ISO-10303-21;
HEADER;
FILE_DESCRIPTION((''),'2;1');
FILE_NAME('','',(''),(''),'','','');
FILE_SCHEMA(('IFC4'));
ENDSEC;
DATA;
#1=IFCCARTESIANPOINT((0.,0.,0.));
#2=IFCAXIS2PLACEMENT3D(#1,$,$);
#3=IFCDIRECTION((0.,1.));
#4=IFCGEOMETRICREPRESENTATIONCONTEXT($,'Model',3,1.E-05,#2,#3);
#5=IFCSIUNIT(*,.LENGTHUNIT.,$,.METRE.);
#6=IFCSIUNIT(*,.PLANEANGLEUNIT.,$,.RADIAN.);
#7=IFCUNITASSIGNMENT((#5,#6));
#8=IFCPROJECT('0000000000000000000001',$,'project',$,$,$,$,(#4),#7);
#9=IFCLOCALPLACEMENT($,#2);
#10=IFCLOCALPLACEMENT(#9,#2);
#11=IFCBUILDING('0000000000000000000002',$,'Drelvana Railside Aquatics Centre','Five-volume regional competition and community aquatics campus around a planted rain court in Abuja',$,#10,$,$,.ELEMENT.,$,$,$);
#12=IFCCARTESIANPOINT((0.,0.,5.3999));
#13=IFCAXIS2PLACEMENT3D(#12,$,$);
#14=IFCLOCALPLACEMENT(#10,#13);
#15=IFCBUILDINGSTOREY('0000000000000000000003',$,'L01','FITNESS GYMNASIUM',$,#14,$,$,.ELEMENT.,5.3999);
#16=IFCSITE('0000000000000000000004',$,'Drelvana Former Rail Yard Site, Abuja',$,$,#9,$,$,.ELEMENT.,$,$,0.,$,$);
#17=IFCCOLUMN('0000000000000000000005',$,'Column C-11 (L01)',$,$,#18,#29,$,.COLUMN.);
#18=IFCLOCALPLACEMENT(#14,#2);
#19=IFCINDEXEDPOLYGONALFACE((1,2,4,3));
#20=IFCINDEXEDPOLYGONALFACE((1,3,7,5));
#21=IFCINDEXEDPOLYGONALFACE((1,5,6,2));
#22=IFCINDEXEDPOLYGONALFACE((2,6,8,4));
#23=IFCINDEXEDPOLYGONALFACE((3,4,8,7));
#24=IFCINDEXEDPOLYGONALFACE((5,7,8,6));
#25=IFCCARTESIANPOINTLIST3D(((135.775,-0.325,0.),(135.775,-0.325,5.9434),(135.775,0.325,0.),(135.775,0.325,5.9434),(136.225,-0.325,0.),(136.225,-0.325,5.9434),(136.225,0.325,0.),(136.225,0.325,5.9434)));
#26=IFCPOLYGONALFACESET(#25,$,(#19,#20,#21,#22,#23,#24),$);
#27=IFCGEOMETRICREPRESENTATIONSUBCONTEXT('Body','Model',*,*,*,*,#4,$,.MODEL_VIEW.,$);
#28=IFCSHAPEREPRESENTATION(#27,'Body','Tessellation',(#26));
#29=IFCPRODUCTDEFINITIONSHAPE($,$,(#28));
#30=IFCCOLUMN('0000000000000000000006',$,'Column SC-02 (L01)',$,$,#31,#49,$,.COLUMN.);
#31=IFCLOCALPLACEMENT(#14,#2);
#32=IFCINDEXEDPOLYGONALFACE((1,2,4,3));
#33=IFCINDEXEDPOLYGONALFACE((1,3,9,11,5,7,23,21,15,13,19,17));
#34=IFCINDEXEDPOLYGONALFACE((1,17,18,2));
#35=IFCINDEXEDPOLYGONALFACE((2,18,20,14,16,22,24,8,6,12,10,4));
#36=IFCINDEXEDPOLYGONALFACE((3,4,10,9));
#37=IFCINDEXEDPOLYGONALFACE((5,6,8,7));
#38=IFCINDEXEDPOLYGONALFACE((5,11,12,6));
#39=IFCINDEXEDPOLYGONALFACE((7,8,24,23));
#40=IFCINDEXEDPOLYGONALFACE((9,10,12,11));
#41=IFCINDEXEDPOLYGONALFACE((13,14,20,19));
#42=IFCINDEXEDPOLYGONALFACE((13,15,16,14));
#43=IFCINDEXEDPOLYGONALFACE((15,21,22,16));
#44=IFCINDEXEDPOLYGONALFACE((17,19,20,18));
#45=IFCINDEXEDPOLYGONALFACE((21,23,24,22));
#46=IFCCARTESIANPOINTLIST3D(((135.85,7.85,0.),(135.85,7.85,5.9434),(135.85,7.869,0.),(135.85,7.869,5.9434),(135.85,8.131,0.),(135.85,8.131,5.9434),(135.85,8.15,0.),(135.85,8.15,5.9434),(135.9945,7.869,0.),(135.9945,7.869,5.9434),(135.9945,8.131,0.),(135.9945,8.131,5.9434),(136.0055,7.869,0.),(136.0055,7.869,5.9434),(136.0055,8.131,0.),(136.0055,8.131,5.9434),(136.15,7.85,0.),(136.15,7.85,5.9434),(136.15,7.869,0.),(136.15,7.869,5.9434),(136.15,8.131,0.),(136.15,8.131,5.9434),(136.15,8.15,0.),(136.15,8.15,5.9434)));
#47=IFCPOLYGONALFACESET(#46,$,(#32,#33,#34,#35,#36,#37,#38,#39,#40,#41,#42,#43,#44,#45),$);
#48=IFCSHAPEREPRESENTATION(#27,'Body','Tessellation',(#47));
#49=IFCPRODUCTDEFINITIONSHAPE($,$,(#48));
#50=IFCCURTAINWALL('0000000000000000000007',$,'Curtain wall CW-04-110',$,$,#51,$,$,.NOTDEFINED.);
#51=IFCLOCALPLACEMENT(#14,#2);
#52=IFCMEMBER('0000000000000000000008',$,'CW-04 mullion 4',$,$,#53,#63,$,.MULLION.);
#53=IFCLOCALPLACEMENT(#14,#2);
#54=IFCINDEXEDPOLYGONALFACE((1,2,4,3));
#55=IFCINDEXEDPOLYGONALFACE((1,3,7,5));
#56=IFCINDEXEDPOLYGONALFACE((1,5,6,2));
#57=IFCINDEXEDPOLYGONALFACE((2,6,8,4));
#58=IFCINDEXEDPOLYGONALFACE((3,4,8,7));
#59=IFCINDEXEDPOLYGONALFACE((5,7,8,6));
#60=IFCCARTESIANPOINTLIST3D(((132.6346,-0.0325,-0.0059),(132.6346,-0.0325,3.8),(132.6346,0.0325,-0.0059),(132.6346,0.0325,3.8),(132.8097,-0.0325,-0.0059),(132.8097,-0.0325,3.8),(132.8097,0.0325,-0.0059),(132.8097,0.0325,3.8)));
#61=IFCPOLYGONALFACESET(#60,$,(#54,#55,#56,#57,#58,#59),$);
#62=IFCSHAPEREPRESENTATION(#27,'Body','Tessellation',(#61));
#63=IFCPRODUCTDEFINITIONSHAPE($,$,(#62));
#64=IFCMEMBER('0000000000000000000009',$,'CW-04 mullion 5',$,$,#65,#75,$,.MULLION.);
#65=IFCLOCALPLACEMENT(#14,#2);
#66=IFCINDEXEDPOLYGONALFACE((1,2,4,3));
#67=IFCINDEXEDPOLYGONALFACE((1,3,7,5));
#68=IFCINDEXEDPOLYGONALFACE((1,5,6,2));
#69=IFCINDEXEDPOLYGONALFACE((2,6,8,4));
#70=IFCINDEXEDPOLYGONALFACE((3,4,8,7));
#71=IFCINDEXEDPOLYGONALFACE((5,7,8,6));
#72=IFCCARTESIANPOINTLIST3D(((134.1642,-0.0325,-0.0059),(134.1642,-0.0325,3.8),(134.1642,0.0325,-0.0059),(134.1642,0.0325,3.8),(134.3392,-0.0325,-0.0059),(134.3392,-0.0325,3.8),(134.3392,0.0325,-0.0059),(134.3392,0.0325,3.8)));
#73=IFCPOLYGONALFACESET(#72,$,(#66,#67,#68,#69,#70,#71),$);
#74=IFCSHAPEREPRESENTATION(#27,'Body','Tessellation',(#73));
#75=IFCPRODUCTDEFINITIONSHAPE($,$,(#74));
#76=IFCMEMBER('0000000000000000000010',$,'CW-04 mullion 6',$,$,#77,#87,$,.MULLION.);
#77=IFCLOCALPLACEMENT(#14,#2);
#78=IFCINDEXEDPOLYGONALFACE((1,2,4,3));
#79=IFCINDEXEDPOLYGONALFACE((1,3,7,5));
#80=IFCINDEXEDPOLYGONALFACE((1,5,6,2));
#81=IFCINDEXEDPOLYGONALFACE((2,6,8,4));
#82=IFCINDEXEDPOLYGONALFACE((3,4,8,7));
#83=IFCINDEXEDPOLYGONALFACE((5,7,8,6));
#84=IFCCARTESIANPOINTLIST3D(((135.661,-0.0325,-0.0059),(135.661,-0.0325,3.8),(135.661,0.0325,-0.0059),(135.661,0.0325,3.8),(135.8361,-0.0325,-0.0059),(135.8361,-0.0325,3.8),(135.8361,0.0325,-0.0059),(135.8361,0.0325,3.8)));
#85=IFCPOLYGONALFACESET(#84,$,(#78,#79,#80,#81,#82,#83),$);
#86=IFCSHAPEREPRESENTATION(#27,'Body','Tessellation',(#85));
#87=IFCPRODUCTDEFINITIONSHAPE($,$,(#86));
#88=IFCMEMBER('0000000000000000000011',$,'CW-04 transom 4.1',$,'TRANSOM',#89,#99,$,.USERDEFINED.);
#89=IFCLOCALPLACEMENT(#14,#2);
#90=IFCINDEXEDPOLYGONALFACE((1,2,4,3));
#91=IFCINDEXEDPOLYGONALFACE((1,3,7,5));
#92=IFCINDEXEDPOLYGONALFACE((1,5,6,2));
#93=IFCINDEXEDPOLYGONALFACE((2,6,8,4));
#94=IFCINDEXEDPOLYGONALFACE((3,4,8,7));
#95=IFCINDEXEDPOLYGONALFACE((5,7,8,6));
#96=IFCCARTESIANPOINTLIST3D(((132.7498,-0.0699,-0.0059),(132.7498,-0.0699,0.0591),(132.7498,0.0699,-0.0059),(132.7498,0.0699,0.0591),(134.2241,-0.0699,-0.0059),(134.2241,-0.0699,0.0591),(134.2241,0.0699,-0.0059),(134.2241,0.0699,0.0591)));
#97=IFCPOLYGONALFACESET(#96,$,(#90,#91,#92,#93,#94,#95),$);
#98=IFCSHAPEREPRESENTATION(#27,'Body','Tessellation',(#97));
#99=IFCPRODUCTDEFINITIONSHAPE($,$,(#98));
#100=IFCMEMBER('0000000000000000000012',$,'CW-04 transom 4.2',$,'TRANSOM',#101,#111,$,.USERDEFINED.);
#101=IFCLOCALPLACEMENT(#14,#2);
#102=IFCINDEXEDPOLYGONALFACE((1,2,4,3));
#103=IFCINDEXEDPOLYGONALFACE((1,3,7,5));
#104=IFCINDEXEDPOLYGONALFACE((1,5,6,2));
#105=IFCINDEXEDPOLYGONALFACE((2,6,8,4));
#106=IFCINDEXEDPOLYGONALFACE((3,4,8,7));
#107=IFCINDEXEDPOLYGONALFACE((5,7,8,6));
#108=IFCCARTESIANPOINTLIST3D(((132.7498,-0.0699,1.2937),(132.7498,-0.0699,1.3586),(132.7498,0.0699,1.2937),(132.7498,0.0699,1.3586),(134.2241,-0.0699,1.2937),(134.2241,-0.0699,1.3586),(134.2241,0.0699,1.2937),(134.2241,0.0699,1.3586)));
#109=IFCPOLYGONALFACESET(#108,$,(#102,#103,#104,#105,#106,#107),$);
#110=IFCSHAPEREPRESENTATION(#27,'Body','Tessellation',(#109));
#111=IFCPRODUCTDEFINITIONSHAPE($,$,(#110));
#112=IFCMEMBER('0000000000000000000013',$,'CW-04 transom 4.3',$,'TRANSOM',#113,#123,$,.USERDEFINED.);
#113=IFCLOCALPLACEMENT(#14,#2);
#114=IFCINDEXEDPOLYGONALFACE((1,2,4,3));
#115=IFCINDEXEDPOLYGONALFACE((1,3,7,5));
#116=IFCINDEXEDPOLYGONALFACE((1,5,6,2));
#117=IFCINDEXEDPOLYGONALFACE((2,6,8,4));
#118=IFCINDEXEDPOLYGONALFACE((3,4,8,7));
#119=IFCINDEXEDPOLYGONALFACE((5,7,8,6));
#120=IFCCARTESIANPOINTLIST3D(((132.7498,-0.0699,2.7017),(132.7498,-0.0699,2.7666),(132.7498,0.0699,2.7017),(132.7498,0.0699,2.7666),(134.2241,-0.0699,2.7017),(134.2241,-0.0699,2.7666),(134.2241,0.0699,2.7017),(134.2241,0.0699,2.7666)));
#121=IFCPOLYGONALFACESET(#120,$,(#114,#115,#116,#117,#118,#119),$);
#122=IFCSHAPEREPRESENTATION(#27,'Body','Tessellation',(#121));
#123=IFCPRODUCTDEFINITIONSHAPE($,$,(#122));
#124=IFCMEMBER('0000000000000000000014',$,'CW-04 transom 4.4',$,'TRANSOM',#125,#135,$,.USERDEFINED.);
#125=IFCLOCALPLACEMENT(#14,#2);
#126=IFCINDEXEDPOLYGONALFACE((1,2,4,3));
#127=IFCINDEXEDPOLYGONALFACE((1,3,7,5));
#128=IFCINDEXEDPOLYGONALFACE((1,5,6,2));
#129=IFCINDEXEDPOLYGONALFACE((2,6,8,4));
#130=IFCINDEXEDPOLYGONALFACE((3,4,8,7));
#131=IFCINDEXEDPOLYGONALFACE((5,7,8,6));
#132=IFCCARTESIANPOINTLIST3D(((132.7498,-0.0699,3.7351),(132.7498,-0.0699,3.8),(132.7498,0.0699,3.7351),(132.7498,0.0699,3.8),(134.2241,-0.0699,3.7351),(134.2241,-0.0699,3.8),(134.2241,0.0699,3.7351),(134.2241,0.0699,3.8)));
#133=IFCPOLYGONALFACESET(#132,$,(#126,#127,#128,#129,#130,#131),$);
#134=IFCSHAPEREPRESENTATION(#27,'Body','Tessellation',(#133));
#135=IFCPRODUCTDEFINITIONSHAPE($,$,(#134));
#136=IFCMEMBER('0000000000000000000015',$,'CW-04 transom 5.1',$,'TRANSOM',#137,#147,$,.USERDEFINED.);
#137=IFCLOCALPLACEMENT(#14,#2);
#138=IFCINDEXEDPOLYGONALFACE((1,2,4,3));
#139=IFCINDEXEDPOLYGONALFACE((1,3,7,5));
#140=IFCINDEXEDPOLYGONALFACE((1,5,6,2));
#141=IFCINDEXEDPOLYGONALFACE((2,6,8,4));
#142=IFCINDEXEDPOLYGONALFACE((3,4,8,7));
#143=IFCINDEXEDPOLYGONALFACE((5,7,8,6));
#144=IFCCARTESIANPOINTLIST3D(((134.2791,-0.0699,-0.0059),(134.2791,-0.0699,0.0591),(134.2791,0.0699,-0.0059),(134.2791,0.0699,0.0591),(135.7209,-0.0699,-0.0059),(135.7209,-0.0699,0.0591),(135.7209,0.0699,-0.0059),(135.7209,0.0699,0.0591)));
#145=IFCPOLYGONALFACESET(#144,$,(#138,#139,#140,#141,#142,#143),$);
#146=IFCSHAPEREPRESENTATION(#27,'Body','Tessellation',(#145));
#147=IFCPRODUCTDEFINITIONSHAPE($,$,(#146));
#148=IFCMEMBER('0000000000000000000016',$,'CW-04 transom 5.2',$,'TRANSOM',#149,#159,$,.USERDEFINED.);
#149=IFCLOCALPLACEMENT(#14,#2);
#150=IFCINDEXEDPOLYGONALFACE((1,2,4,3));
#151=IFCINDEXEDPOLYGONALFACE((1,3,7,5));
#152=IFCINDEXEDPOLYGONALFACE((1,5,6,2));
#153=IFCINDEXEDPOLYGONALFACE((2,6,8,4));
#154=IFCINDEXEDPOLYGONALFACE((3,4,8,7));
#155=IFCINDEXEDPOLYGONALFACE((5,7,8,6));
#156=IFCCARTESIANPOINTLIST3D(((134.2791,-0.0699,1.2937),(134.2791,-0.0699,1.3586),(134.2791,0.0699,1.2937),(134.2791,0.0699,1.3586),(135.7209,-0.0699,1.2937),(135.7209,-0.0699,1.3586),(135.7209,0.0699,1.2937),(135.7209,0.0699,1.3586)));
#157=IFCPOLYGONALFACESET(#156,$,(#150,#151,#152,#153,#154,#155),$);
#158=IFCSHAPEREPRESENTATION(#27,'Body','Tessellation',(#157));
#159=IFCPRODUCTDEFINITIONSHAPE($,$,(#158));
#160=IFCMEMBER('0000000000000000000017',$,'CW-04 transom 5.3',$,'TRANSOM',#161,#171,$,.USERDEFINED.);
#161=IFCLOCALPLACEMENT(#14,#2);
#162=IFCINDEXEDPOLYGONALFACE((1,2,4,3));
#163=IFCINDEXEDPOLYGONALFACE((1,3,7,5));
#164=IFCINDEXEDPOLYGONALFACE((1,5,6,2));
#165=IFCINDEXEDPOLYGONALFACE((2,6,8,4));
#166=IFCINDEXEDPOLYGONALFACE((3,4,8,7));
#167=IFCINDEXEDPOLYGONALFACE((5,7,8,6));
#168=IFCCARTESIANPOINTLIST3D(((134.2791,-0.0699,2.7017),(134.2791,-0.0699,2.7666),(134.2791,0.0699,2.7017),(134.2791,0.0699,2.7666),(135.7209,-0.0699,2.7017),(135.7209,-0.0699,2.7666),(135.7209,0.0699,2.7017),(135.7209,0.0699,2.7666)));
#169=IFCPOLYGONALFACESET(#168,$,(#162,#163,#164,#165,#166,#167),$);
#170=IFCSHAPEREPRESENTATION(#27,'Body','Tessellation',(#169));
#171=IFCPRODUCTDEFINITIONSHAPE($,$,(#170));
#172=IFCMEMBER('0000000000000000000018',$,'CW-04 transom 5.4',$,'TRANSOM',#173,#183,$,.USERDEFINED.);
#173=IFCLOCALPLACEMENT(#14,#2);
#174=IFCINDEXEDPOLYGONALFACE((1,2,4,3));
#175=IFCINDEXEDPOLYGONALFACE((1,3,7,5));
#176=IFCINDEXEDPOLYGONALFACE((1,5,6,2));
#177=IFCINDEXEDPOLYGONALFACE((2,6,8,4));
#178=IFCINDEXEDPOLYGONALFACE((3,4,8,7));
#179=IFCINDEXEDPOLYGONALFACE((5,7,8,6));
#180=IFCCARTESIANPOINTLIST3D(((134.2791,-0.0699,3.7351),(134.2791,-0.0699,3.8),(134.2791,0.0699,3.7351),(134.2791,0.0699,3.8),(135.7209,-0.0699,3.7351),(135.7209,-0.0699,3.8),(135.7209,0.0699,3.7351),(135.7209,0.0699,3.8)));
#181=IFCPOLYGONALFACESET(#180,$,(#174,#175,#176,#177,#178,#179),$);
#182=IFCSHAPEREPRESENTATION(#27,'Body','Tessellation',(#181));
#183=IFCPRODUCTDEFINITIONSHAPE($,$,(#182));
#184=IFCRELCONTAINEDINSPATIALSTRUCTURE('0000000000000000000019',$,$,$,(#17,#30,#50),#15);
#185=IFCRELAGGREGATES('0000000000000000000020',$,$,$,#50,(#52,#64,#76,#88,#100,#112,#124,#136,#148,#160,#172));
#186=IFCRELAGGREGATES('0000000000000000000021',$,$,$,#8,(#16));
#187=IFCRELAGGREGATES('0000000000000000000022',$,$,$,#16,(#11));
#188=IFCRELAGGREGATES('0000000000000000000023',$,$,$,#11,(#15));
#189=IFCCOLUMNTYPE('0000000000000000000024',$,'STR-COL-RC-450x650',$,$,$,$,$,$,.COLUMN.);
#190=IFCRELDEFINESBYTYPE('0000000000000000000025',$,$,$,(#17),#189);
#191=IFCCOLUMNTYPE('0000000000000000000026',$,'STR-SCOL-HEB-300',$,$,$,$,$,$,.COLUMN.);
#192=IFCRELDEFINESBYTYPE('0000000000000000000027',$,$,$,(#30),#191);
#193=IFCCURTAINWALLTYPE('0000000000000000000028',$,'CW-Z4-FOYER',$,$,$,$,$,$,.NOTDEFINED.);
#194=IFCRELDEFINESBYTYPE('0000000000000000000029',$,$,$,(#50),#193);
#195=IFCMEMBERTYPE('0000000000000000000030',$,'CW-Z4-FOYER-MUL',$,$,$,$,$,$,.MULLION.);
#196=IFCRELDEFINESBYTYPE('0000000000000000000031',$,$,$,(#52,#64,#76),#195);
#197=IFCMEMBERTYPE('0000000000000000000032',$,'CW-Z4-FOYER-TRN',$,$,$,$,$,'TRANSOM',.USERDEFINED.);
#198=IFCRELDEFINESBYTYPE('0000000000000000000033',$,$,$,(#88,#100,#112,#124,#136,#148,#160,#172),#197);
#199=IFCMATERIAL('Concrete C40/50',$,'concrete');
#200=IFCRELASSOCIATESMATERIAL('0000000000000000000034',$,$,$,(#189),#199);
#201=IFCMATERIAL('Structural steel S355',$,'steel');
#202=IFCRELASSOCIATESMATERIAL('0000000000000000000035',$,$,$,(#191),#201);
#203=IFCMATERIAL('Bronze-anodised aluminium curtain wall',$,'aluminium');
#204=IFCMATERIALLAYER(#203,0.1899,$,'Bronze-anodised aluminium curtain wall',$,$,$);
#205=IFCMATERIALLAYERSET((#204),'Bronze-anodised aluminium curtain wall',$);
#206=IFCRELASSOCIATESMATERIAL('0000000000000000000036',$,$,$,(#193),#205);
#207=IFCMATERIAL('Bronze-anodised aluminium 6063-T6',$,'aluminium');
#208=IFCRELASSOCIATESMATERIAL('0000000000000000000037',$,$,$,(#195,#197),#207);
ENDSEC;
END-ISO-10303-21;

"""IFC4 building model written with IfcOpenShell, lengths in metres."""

from ifc_helpers import new_model, si_unit, direction, frame, origin, origin_2d, place, context, subcontext, project, spatial, rectangle, i_section, extrude, material, layer, layer_set, material_profile, profile_set, type_object, element, aggregate, save


model = new_model("IFC4")

# Units and contexts
model_context = context("Model", 3, precision=1e-05, world=origin(), true_north=direction((0.0, 1.0)))
body_context = subcontext(model_context, "Body", "Model", "MODEL_VIEW")
ifc_project = project(units=[si_unit("LENGTHUNIT", "METRE"), si_unit("PLANEANGLEUNIT", "RADIAN")], contexts=[model_context])

# Site, building, storey
site_placement = place(None, origin())
site = spatial("IfcSite", under=ifc_project, at=site_placement, Name="Drelvana Former Rail Yard Site, Abuja", CompositionType="ELEMENT", RefElevation=0.0)
building_placement = place(site_placement, origin())
building = spatial("IfcBuilding", under=site, at=building_placement, Name="Drelvana Railside Aquatics Centre", Description="Five-volume regional competition and community aquatics campus around a planted rain court in Abuja", CompositionType="ELEMENT")
storey_placement = place(building_placement, frame((0.0, 0.0, 5.3999)))
storey = spatial("IfcBuildingStorey", under=building, at=storey_placement, Name="L01", Description="FITNESS GYMNASIUM", CompositionType="ELEMENT", Elevation=5.3999)

# Columns
ifc_material_1 = material(Name="Concrete C40/50", Category="concrete")
ifc_material_profile_1 = material_profile(ifc_material_1, rectangle(XDim=0.45, YDim=0.6499, at=origin_2d()), Name="RC 450x650")
ifc_profile_set_1 = profile_set([ifc_material_profile_1], Name="Concrete C40/50")
column_type_1 = type_object("IfcColumnType", Name="STR-COL-RC-450x650", PredefinedType="COLUMN", material=ifc_profile_set_1)
column_1_placement = place(storey_placement, frame((136.0, 0.0, 0.0), z_axis=(0.0, 0.0, 1.0), x_axis=(1.0, 0.0, 0.0)))
element("IfcColumn", 1, at=column_1_placement, inside=storey, type_object=column_type_1, Name="Column C-11 (L01)", PredefinedType="COLUMN", context=body_context, shape_type="SweptSolid", body=[
    extrude(rectangle(XDim=0.45, YDim=0.6499, at=origin_2d()), origin(), (0.0, 0.0, 1.0), 5.9434),
])
ifc_material_2 = material(Name="Structural steel S355", Category="steel")
ifc_material_profile_2 = material_profile(ifc_material_2, i_section(OverallWidth=0.3, OverallDepth=0.3, WebThickness=0.011, FlangeThickness=0.019, at=origin_2d()), Name="HEB 300")
ifc_profile_set_2 = profile_set([ifc_material_profile_2], Name="Structural steel S355")
column_type_2 = type_object("IfcColumnType", Name="STR-SCOL-HEB-300", PredefinedType="COLUMN", material=ifc_profile_set_2)
column_2_placement = place(storey_placement, frame((136.0, 8.0, 0.0), z_axis=(0.0, 0.0, 1.0), x_axis=(1.0, 0.0, 0.0)))
element("IfcColumn", 2, at=column_2_placement, inside=storey, type_object=column_type_2, Name="Column SC-02 (L01)", PredefinedType="COLUMN", context=body_context, shape_type="SweptSolid", body=[
    extrude(i_section(OverallWidth=0.3, OverallDepth=0.3, WebThickness=0.011, FlangeThickness=0.019, at=origin_2d()), origin(), (0.0, 0.0, 1.0), 5.9434),
])

# Curtain wall, members
ifc_material_3 = material(Name="Bronze-anodised aluminium curtain wall", Category="aluminium")
ifc_layer_1 = layer(ifc_material_3, 0.1899, Name="Bronze-anodised aluminium curtain wall")
ifc_layer_set_1 = layer_set([ifc_layer_1], Name="Bronze-anodised aluminium curtain wall")
curtain_wall_type = type_object("IfcCurtainWallType", Name="CW-Z4-FOYER", PredefinedType="NOTDEFINED", material=ifc_layer_set_1)
curtain_wall_placement = place(storey_placement, origin())
curtain_wall = element("IfcCurtainWall", 3, at=curtain_wall_placement, inside=storey, type_object=curtain_wall_type, Name="Curtain wall CW-04-110", PredefinedType="NOTDEFINED")
ifc_material_4 = material(Name="Bronze-anodised aluminium 6063-T6", Category="aluminium")
ifc_material_profile_3 = material_profile(ifc_material_4, rectangle(XDim=0.0649, YDim=0.175, at=origin_2d()), Name="ALU-M 65x175")
ifc_profile_set_3 = profile_set([ifc_material_profile_3], Name="Bronze-anodised aluminium 6063-T6")
member_type_1 = type_object("IfcMemberType", Name="CW-Z4-FOYER-MUL", PredefinedType="MULLION", material=ifc_profile_set_3)
member_1_placement = place(storey_placement, frame((132.7222, 0.0, -0.0059), z_axis=(0.0, 0.0, 1.0), x_axis=(0.0, 1.0, 0.0)))
member_1 = element("IfcMember", 4, at=member_1_placement, type_object=member_type_1, Name="CW-04 mullion 4", PredefinedType="MULLION", context=body_context, shape_type="SweptSolid", body=[
    extrude(rectangle(XDim=0.0649, YDim=0.175, at=origin_2d()), origin(), (0.0, 0.0, 1.0), 3.8059),
])
member_2_placement = place(storey_placement, frame((134.2517, 0.0, -0.0059), z_axis=(0.0, 0.0, 1.0), x_axis=(0.0, 1.0, 0.0)))
member_2 = element("IfcMember", 5, at=member_2_placement, type_object=member_type_1, Name="CW-04 mullion 5", PredefinedType="MULLION", context=body_context, shape_type="SweptSolid", body=[
    extrude(rectangle(XDim=0.0649, YDim=0.175, at=origin_2d()), origin(), (0.0, 0.0, 1.0), 3.8059),
])
member_3_placement = place(storey_placement, frame((135.7485, 0.0, -0.0059), z_axis=(0.0, 0.0, 1.0), x_axis=(0.0, 1.0, 0.0)))
member_3 = element("IfcMember", 6, at=member_3_placement, type_object=member_type_1, Name="CW-04 mullion 6", PredefinedType="MULLION", context=body_context, shape_type="SweptSolid", body=[
    extrude(rectangle(XDim=0.0649, YDim=0.175, at=origin_2d()), origin(), (0.0, 0.0, 1.0), 3.8059),
])
ifc_material_profile_4 = material_profile(ifc_material_4, rectangle(XDim=0.1399, YDim=0.0649, at=origin_2d()), Name="ALU-T 65x140")
ifc_profile_set_4 = profile_set([ifc_material_profile_4], Name="Bronze-anodised aluminium 6063-T6")
member_type_2 = type_object("IfcMemberType", Name="CW-Z4-FOYER-TRN", ElementType="TRANSOM", PredefinedType="USERDEFINED", material=ifc_profile_set_4)
member_4_placement = place(storey_placement, frame((132.7498, 0.0, 0.0266), z_axis=(1.0, 0.0, 0.0), x_axis=(0.0, 1.0, 0.0)))
member_4 = element("IfcMember", 7, at=member_4_placement, type_object=member_type_2, Name="CW-04 transom 4.1", ObjectType="TRANSOM", PredefinedType="USERDEFINED", context=body_context, shape_type="SweptSolid", body=[
    extrude(rectangle(XDim=0.1399, YDim=0.0649, at=origin_2d()), origin(), (0.0, 0.0, 1.0), 1.4744),
])
member_5_placement = place(storey_placement, frame((132.7498, 0.0, 1.3262), z_axis=(1.0, 0.0, 0.0), x_axis=(0.0, 1.0, 0.0)))
member_5 = element("IfcMember", 8, at=member_5_placement, type_object=member_type_2, Name="CW-04 transom 4.2", ObjectType="TRANSOM", PredefinedType="USERDEFINED", context=body_context, shape_type="SweptSolid", body=[
    extrude(rectangle(XDim=0.1399, YDim=0.0649, at=origin_2d()), origin(), (0.0, 0.0, 1.0), 1.4744),
])
member_6_placement = place(storey_placement, frame((132.7498, 0.0, 2.7341), z_axis=(1.0, 0.0, 0.0), x_axis=(0.0, 1.0, 0.0)))
member_6 = element("IfcMember", 9, at=member_6_placement, type_object=member_type_2, Name="CW-04 transom 4.3", ObjectType="TRANSOM", PredefinedType="USERDEFINED", context=body_context, shape_type="SweptSolid", body=[
    extrude(rectangle(XDim=0.1399, YDim=0.0649, at=origin_2d()), origin(), (0.0, 0.0, 1.0), 1.4744),
])
member_7_placement = place(storey_placement, frame((132.7498, 0.0, 3.7676), z_axis=(1.0, 0.0, 0.0), x_axis=(0.0, 1.0, 0.0)))
member_7 = element("IfcMember", 10, at=member_7_placement, type_object=member_type_2, Name="CW-04 transom 4.4", ObjectType="TRANSOM", PredefinedType="USERDEFINED", context=body_context, shape_type="SweptSolid", body=[
    extrude(rectangle(XDim=0.1399, YDim=0.0649, at=origin_2d()), origin(), (0.0, 0.0, 1.0), 1.4744),
])
member_8_placement = place(storey_placement, frame((134.2791, 0.0, 0.0266), z_axis=(1.0, 0.0, 0.0), x_axis=(0.0, 1.0, 0.0)))
member_8 = element("IfcMember", 11, at=member_8_placement, type_object=member_type_2, Name="CW-04 transom 5.1", ObjectType="TRANSOM", PredefinedType="USERDEFINED", context=body_context, shape_type="SweptSolid", body=[
    extrude(rectangle(XDim=0.1399, YDim=0.0649, at=origin_2d()), origin(), (0.0, 0.0, 1.0), 1.4419),
])
member_9_placement = place(storey_placement, frame((134.2791, 0.0, 1.3262), z_axis=(1.0, 0.0, 0.0), x_axis=(0.0, 1.0, 0.0)))
member_9 = element("IfcMember", 12, at=member_9_placement, type_object=member_type_2, Name="CW-04 transom 5.2", ObjectType="TRANSOM", PredefinedType="USERDEFINED", context=body_context, shape_type="SweptSolid", body=[
    extrude(rectangle(XDim=0.1399, YDim=0.0649, at=origin_2d()), origin(), (0.0, 0.0, 1.0), 1.4419),
])
member_10_placement = place(storey_placement, frame((134.2791, 0.0, 2.7341), z_axis=(1.0, 0.0, 0.0), x_axis=(0.0, 1.0, 0.0)))
member_10 = element("IfcMember", 13, at=member_10_placement, type_object=member_type_2, Name="CW-04 transom 5.3", ObjectType="TRANSOM", PredefinedType="USERDEFINED", context=body_context, shape_type="SweptSolid", body=[
    extrude(rectangle(XDim=0.1399, YDim=0.0649, at=origin_2d()), origin(), (0.0, 0.0, 1.0), 1.4419),
])
member_11_placement = place(storey_placement, frame((134.2791, 0.0, 3.7676), z_axis=(1.0, 0.0, 0.0), x_axis=(0.0, 1.0, 0.0)))
member_11 = element("IfcMember", 14, at=member_11_placement, type_object=member_type_2, Name="CW-04 transom 5.4", ObjectType="TRANSOM", PredefinedType="USERDEFINED", context=body_context, shape_type="SweptSolid", body=[
    extrude(rectangle(XDim=0.1399, YDim=0.0649, at=origin_2d()), origin(), (0.0, 0.0, 1.0), 1.4419),
])

aggregate(curtain_wall, [member_1, member_2, member_3, member_4, member_5, member_6, member_7, member_8, member_9, member_10, member_11])

save(model, "model.ifc")
